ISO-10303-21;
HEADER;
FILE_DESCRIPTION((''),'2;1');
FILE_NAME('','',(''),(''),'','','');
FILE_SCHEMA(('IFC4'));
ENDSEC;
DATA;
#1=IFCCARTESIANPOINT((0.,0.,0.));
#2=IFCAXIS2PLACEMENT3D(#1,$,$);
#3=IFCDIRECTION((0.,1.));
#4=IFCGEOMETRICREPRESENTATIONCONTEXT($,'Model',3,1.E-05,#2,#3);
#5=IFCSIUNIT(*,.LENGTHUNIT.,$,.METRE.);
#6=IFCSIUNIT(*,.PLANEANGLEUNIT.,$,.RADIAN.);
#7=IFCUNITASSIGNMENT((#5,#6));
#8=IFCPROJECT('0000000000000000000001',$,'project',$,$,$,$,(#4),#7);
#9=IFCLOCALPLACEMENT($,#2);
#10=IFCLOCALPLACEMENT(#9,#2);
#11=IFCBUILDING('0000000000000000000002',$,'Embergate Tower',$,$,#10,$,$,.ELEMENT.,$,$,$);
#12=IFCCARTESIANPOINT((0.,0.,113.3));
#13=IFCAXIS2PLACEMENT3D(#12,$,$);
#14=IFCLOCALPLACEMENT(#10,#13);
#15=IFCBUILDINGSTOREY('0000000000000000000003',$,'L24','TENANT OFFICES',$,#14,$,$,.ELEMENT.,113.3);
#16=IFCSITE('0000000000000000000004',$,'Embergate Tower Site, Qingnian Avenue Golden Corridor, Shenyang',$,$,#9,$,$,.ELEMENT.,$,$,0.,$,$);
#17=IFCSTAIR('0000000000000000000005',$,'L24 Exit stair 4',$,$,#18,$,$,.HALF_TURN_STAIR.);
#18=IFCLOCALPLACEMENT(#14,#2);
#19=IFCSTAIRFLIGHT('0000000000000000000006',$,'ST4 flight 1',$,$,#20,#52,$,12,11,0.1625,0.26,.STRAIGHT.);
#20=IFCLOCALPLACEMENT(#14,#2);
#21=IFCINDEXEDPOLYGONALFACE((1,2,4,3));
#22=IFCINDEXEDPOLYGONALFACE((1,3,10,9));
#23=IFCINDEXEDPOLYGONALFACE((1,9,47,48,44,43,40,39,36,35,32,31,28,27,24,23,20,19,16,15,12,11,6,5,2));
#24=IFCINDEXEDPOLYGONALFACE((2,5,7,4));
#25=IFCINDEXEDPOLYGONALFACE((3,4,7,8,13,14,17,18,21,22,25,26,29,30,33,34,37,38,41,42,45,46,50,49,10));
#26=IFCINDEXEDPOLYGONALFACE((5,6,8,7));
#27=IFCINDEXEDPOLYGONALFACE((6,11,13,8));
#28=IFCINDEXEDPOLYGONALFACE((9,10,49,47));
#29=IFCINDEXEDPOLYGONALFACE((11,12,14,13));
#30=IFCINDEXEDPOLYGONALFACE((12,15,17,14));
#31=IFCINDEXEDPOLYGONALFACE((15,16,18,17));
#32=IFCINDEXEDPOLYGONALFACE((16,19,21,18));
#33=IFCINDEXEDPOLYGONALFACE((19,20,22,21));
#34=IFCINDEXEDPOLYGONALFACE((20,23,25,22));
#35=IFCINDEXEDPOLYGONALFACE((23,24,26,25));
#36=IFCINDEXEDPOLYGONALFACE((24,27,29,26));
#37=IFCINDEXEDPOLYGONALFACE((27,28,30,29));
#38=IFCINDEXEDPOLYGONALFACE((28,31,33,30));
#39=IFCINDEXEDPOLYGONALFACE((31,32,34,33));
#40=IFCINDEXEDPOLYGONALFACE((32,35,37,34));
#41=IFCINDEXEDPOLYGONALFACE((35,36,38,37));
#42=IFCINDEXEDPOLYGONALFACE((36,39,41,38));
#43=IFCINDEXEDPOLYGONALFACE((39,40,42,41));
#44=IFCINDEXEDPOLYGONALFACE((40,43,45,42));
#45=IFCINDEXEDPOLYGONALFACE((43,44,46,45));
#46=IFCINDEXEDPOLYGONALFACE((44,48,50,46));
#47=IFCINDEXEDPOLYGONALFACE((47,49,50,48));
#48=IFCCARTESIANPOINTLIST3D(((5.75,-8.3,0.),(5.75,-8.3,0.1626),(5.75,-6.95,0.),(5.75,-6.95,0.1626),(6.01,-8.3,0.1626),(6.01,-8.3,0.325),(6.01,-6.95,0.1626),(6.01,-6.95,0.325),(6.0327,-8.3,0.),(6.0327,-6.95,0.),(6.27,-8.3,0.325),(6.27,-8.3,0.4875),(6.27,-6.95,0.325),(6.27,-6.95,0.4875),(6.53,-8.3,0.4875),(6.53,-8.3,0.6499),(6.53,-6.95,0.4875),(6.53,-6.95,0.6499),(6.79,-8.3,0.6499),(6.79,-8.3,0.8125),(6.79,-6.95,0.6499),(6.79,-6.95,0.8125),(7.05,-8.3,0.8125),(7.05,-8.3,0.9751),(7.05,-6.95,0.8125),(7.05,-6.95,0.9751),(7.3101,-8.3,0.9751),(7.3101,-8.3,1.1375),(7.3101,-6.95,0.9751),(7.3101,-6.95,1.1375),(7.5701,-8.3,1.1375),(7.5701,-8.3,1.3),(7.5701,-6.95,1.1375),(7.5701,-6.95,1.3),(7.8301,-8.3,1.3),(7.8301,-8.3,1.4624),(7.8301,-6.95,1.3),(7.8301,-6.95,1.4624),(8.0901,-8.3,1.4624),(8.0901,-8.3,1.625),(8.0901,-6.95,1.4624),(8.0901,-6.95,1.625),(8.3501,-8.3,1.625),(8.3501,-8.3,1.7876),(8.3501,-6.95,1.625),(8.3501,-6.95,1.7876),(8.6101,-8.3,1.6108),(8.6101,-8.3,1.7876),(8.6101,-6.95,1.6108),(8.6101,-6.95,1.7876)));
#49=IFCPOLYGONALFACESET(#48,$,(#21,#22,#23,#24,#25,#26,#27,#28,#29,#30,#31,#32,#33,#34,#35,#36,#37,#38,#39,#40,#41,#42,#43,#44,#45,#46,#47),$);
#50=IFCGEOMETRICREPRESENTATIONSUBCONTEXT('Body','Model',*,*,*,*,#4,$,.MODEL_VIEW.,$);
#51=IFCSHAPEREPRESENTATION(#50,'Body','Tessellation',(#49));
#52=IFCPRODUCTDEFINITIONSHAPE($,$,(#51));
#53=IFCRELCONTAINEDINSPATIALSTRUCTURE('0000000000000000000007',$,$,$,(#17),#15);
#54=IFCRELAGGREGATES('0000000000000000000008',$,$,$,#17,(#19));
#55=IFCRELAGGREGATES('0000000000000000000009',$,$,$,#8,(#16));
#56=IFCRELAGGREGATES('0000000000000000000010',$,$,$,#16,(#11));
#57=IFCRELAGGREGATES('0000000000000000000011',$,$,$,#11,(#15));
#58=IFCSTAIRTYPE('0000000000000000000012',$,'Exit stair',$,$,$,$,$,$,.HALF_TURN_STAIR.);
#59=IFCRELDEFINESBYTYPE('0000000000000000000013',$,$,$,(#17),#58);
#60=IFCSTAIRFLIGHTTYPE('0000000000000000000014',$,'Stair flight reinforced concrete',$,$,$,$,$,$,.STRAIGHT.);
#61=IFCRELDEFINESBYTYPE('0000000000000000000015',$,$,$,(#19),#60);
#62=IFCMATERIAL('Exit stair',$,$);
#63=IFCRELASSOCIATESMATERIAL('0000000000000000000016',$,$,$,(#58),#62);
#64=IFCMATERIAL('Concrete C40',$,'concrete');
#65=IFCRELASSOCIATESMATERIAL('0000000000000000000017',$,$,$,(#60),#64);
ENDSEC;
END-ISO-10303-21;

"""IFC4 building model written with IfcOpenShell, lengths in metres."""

from ifc_helpers import new_model, si_unit, direction, frame, origin, place, context, subcontext, project, spatial, polyline, outline, extrude, source, transform, mapped, material, type_object, element, aggregate, save


model = new_model("IFC4")

# Units and contexts
model_context = context("Model", 3, precision=1e-05, world=origin(), true_north=direction((0.0, 1.0)))
body_context = subcontext(model_context, "Body", "Model", "MODEL_VIEW")
ifc_project = project(units=[si_unit("LENGTHUNIT", "METRE"), si_unit("PLANEANGLEUNIT", "RADIAN")], contexts=[model_context])

# Site, building, storey
site_placement = place(None, origin())
site = spatial("IfcSite", under=ifc_project, at=site_placement, Name="Embergate Tower Site, Qingnian Avenue Golden Corridor, Shenyang", CompositionType="ELEMENT", RefElevation=0.0)
building_placement = place(site_placement, origin())
building = spatial("IfcBuilding", under=site, at=building_placement, Name="Embergate Tower", CompositionType="ELEMENT")
storey_placement = place(building_placement, frame((0.0, 0.0, 113.3)))
storey = spatial("IfcBuildingStorey", under=building, at=storey_placement, Name="L24", Description="TENANT OFFICES", CompositionType="ELEMENT", Elevation=113.3)

# Stair, stair flight
ifc_material_1 = material(Name="Exit stair")
stair_type = type_object("IfcStairType", Name="Exit stair", PredefinedType="HALF_TURN_STAIR", material=ifc_material_1)
stair_placement = place(storey_placement, origin())
stair = element("IfcStair", 1, at=stair_placement, inside=storey, type_object=stair_type, Name="L24 Exit stair 4", PredefinedType="HALF_TURN_STAIR")
ifc_material_2 = material(Name="Concrete C40", Category="concrete")
stair_flight_type = type_object("IfcStairFlightType", Name="Stair flight reinforced concrete", PredefinedType="STRAIGHT", material=ifc_material_2)
shared_shape_1 = source(origin(), body_context, "Body", "SweptSolid", [
    extrude(outline(polyline([(0.0, 0.0), (0.0, 0.1626), (0.26, 0.1626), (0.26, 0.325), (0.52, 0.325), (0.52, 0.4875), (0.78, 0.4875), (0.78, 0.6499), (1.04, 0.6499), (1.04, 0.8125), (1.3, 0.8125), (1.3, 0.9751), (1.5601, 0.9751), (1.5601, 1.1375), (1.8201, 1.1375), (1.8201, 1.3), (2.0801, 1.3), (2.0801, 1.4624), (2.3401, 1.4624), (2.3401, 1.625), (2.6001, 1.625), (2.6001, 1.7876), (2.8601, 1.7876), (2.8601, 1.95), (2.8601, 1.6108), (0.2827, 0.0), (0.0, 0.0)])), frame((0.0, 0.675, 0.0), z_axis=(0.0, -1.0, 0.0), x_axis=(1.0, 0.0, 0.0)), (0.0, 0.0, 1.0), 1.3501),
])
stair_flight_placement = place(storey_placement, frame((5.75, -7.625, 0.0), z_axis=(0.0, 0.0, 1.0), x_axis=(1.0, 0.0, 0.0)))
stair_flight = element("IfcStairFlight", 2, at=stair_flight_placement, type_object=stair_flight_type, Name="ST4 flight 1", NumberOfRisers=12, NumberOfTreads=11, PredefinedType="STRAIGHT", RiserHeight=0.1625, TreadLength=0.26, context=body_context, shape_type="MappedRepresentation", body=[
    mapped(shared_shape_1, transform((0.0, 0.0, 0.0))),
])
aggregate(stair, [stair_flight])

save(model, "model.ifc")
